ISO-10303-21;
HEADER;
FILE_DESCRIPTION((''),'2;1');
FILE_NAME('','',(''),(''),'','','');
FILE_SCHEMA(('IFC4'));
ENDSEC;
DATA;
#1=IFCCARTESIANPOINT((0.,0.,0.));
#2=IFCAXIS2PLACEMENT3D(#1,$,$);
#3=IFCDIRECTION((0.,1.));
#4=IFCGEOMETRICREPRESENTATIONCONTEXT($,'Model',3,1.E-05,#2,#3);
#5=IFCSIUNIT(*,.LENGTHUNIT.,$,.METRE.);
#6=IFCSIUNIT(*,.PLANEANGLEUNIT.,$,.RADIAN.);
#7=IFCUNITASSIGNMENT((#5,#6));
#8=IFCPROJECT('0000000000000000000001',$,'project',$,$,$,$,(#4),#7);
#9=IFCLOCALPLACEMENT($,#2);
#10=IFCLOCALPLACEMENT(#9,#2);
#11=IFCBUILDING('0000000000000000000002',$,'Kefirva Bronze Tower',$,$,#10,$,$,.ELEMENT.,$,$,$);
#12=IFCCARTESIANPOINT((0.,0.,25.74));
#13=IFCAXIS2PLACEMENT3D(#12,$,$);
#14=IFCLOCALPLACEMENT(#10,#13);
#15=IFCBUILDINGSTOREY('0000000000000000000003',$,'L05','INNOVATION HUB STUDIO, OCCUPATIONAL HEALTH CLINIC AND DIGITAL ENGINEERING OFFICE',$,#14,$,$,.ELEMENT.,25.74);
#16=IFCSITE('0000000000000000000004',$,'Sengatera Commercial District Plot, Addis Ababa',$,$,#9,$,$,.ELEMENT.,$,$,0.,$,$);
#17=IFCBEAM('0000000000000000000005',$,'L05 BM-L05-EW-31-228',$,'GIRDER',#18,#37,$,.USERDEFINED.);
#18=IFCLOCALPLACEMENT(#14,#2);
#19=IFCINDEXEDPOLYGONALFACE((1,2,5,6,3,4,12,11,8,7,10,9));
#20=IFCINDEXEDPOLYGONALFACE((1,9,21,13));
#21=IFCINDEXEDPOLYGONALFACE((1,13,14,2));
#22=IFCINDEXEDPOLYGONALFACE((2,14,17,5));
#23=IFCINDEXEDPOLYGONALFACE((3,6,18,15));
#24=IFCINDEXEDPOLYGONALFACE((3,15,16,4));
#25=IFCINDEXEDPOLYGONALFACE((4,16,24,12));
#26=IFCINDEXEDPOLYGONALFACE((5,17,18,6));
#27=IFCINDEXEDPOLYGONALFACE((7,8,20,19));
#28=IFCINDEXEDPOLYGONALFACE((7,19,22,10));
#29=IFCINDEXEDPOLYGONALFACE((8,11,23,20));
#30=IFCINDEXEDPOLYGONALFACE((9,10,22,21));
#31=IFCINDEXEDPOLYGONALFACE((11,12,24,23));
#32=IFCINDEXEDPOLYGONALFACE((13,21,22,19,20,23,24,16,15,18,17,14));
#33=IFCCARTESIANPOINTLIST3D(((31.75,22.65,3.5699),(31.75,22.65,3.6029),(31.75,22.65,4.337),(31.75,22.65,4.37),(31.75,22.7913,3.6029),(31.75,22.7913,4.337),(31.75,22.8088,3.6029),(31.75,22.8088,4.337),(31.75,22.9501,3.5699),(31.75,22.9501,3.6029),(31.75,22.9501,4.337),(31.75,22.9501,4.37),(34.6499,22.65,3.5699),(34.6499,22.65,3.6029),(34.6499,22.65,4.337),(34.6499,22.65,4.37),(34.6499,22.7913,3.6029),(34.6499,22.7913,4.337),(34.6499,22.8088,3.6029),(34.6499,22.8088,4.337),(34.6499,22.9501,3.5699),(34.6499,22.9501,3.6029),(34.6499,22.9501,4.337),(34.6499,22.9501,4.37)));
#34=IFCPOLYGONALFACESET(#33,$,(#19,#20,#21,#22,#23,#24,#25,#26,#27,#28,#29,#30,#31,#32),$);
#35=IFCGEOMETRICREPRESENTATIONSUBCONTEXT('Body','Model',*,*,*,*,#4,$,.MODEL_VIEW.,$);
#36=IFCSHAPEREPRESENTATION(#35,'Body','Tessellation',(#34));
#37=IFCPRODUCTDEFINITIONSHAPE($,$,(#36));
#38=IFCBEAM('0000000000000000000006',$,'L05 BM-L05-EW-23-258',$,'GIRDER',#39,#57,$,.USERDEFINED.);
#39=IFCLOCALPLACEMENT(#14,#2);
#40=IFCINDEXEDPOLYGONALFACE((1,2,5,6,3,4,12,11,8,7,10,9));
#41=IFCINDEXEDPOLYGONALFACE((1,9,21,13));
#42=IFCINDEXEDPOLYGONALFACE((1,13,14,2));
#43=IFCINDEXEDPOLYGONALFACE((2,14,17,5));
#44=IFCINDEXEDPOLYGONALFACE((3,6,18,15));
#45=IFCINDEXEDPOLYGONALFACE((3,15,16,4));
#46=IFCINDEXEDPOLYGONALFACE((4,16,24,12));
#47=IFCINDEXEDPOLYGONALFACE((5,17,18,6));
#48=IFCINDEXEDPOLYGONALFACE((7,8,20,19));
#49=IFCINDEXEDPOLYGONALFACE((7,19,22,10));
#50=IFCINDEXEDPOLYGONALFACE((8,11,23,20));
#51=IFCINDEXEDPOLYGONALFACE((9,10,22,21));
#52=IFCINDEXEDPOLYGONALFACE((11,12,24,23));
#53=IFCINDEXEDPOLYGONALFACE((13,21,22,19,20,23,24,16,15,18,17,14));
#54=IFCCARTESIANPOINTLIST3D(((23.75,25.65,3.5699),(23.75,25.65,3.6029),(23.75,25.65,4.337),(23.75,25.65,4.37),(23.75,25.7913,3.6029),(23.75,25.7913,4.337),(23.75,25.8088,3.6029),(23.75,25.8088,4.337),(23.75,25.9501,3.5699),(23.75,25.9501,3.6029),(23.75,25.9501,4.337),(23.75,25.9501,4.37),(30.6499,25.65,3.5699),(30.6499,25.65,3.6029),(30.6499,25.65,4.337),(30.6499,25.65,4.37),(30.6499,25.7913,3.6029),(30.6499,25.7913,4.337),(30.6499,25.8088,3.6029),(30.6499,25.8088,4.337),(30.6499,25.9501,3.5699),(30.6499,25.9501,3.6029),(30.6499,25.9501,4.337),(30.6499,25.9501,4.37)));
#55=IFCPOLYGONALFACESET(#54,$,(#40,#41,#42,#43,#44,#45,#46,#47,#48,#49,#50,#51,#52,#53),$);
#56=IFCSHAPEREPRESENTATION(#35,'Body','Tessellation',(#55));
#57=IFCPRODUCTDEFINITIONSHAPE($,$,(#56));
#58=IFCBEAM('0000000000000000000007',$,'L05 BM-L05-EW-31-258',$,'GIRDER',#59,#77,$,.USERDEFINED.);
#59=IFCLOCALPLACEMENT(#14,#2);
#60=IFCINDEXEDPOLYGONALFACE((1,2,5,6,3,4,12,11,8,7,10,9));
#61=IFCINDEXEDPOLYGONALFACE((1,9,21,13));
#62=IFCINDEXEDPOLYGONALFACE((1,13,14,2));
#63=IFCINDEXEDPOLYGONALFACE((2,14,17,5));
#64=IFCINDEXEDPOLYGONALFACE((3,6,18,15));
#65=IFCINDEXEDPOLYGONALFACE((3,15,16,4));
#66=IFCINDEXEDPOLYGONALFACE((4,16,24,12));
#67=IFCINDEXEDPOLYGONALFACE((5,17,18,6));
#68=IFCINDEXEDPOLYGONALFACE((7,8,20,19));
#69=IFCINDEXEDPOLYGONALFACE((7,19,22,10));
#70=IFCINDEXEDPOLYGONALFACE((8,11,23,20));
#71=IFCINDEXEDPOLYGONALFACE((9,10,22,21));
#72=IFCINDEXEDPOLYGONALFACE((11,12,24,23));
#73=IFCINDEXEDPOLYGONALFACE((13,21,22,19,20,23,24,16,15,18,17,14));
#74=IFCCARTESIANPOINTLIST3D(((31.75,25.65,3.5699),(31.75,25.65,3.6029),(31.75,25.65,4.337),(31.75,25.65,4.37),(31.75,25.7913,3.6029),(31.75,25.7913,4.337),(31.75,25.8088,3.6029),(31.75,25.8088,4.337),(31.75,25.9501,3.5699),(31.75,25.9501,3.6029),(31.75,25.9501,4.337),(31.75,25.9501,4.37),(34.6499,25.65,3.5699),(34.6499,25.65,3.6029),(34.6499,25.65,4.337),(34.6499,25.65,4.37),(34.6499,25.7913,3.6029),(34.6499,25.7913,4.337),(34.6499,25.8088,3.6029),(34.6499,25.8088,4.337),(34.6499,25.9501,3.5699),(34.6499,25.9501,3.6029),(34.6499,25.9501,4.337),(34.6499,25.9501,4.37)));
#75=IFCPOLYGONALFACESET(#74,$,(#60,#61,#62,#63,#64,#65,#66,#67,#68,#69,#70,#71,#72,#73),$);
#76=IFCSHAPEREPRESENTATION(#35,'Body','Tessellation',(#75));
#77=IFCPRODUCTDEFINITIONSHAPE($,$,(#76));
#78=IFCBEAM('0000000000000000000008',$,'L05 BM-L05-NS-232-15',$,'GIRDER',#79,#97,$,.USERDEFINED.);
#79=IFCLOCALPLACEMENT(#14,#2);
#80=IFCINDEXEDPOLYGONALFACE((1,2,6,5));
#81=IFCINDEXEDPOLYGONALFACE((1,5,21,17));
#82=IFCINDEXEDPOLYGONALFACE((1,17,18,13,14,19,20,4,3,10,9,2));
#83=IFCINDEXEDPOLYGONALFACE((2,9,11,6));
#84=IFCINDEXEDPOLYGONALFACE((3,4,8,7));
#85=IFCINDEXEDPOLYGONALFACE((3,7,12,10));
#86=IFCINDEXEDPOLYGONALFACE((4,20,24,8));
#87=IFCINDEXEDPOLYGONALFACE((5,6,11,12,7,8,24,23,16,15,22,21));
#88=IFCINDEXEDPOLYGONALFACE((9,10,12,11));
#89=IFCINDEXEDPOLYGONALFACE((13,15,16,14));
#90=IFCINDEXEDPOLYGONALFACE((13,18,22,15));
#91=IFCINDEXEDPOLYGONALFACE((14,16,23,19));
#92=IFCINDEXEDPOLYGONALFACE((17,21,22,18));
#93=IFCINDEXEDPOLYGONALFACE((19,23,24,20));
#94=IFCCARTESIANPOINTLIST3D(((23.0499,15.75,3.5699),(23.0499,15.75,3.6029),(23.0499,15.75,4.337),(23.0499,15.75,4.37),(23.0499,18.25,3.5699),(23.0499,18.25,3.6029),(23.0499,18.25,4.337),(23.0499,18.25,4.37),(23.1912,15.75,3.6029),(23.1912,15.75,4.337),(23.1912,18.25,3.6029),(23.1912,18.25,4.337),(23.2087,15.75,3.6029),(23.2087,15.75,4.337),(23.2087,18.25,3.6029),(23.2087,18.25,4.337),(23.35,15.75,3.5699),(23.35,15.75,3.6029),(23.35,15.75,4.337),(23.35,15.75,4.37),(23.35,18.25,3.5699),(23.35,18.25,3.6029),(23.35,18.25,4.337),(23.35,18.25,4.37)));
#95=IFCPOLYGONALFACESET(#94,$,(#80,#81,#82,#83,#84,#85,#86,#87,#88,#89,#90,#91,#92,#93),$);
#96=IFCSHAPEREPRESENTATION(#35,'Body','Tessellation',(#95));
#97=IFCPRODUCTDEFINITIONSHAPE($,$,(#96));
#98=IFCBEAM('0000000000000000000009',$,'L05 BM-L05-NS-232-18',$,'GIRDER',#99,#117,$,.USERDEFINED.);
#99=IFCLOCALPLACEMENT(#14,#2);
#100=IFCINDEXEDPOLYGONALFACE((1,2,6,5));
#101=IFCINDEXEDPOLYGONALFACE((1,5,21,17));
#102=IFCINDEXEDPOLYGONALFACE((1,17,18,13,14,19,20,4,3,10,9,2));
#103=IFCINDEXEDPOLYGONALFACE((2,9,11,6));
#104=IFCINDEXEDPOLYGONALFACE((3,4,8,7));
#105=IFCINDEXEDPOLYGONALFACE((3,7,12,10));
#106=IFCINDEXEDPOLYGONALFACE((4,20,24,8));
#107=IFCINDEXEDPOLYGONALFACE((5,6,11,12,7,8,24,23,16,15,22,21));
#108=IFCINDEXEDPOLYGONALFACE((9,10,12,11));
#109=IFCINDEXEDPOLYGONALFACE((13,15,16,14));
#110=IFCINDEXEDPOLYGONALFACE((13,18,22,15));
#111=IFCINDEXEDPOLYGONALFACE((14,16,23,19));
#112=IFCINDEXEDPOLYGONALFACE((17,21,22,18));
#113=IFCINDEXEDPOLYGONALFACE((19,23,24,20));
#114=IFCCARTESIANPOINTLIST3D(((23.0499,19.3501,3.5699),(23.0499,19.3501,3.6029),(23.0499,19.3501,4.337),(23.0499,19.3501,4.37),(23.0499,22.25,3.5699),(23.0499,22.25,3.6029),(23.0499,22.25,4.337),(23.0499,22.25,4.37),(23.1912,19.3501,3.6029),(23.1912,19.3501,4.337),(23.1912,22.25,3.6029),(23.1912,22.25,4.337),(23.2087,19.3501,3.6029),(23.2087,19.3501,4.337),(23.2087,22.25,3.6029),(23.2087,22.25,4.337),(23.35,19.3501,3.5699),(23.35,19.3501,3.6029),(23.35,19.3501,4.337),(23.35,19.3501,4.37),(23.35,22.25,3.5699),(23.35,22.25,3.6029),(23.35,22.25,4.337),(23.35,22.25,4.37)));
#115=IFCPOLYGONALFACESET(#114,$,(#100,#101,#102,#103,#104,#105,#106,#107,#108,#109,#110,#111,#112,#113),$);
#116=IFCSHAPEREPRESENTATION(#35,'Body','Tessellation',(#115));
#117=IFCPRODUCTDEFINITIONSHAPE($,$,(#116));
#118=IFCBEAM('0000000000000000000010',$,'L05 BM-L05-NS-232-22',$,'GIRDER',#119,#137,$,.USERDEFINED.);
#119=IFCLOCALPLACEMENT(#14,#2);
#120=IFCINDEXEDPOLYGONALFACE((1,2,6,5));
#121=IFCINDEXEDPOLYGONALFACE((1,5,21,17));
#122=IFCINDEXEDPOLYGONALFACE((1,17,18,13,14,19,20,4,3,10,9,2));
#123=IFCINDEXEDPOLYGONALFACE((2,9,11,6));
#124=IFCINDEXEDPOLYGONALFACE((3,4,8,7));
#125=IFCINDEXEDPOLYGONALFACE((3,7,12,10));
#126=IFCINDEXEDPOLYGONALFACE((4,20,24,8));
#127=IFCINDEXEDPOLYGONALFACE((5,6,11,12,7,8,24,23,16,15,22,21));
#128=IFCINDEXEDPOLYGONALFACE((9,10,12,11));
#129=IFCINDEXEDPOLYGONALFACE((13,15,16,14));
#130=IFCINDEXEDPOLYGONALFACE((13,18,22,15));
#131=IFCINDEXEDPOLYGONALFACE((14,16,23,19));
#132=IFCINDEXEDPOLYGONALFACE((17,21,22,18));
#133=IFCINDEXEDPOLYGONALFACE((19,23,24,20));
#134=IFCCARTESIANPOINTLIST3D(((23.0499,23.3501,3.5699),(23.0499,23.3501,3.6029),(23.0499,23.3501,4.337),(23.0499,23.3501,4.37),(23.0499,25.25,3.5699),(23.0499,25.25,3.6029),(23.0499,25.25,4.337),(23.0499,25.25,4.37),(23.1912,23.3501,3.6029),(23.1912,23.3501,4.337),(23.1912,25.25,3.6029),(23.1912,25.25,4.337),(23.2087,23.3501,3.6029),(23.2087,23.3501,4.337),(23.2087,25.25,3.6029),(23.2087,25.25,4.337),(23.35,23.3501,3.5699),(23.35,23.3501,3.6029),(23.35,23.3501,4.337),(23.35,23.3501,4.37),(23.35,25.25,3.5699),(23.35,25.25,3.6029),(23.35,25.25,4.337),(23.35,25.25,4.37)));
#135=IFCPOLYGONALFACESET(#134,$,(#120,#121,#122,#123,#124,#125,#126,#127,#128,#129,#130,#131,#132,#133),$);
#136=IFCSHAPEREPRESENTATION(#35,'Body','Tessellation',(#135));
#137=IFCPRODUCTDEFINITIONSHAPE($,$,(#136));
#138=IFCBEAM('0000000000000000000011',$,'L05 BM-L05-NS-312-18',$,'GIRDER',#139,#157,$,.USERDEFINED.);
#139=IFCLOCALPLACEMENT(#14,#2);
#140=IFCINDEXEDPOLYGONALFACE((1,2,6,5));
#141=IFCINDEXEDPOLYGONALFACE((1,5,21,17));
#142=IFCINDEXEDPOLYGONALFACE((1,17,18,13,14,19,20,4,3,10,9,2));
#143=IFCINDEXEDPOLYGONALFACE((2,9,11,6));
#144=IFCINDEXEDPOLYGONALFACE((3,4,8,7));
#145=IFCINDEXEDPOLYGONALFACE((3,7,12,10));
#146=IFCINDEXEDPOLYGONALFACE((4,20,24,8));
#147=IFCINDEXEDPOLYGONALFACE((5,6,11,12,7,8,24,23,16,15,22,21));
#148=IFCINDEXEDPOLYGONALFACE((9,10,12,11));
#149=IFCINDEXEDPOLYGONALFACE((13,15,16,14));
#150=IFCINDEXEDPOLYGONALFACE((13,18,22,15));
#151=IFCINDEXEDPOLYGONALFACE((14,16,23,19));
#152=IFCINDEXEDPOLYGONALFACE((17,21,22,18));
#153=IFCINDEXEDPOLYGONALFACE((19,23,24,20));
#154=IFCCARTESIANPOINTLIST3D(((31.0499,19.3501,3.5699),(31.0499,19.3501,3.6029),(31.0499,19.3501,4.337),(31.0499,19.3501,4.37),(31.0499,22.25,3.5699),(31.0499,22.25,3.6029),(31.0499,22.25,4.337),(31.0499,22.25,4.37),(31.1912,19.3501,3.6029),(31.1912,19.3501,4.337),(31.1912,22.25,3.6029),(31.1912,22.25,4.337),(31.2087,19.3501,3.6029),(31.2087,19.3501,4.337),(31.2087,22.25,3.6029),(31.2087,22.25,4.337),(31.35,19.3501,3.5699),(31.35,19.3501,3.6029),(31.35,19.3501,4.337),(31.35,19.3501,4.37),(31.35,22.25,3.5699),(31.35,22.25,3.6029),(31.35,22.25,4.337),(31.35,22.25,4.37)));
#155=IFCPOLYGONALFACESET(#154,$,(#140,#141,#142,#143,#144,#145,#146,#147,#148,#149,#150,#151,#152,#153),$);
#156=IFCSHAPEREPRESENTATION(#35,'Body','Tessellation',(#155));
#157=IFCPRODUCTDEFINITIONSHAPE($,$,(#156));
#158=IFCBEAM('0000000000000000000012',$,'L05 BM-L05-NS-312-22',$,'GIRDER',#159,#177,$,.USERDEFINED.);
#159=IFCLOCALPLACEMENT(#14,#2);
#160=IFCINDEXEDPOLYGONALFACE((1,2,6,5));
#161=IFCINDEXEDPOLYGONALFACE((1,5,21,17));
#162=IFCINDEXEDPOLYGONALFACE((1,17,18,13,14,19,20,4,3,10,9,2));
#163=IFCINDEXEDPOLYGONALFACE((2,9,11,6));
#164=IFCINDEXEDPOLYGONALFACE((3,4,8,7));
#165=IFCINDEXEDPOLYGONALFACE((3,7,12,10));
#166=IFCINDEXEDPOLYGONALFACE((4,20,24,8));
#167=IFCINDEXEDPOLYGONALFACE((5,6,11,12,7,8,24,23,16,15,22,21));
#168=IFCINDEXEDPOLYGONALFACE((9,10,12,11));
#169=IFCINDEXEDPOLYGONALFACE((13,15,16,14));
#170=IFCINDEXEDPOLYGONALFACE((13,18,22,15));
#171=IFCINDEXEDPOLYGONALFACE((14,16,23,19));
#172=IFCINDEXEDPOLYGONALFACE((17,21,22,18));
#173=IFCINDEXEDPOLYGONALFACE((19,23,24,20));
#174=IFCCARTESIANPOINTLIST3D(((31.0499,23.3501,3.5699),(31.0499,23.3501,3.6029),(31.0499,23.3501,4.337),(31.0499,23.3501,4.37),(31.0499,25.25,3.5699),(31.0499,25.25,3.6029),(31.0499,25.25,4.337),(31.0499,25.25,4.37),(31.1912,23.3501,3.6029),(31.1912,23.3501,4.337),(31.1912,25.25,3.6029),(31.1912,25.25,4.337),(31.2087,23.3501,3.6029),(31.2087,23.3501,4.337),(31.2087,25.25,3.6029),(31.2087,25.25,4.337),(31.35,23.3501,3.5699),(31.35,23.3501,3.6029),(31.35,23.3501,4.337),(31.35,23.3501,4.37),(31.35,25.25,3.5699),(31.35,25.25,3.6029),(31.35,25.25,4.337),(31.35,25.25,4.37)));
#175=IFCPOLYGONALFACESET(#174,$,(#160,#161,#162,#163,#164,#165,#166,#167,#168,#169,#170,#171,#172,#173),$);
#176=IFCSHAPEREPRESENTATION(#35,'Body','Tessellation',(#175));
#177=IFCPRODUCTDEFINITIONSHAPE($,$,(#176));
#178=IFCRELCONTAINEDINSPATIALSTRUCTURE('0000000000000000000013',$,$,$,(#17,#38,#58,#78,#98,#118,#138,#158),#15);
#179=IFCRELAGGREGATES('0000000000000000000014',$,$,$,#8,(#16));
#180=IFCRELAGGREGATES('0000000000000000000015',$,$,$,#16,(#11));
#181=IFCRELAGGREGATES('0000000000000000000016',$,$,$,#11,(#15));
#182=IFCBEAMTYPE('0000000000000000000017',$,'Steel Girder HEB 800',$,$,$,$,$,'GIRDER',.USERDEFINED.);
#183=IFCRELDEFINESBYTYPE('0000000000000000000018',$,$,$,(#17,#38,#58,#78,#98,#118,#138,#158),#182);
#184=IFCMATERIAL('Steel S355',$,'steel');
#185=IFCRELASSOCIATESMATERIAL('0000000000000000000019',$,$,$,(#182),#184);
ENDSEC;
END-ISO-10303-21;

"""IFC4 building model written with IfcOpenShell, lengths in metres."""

from ifc_helpers import new_model, si_unit, direction, frame, origin, origin_2d, place, context, subcontext, project, spatial, i_section, extrude, material, material_profile, profile_set, type_object, element, save


model = new_model("IFC4")

# Units and contexts
model_context = context("Model", 3, precision=1e-05, world=origin(), true_north=direction((0.0, 1.0)))
body_context = subcontext(model_context, "Body", "Model", "MODEL_VIEW")
ifc_project = project(units=[si_unit("LENGTHUNIT", "METRE"), si_unit("PLANEANGLEUNIT", "RADIAN")], contexts=[model_context])

# Site, building, storey
site_placement = place(None, origin())
site = spatial("IfcSite", under=ifc_project, at=site_placement, Name="Sengatera Commercial District Plot, Addis Ababa", CompositionType="ELEMENT", RefElevation=0.0)
building_placement = place(site_placement, origin())
building = spatial("IfcBuilding", under=site, at=building_placement, Name="Kefirva Bronze Tower", CompositionType="ELEMENT")
storey_placement = place(building_placement, frame((0.0, 0.0, 25.74)))
storey = spatial("IfcBuildingStorey", under=building, at=storey_placement, Name="L05", Description="INNOVATION HUB STUDIO, OCCUPATIONAL HEALTH CLINIC AND DIGITAL ENGINEERING OFFICE", CompositionType="ELEMENT", Elevation=25.74)

# Beams
ifc_material_1 = material(Name="Steel S355", Category="steel")
ifc_material_profile_1 = material_profile(ifc_material_1, i_section(OverallWidth=0.3, OverallDepth=0.8, WebThickness=0.0176, FlangeThickness=0.033, at=origin_2d()), Name="HEB 800")
ifc_profile_set_1 = profile_set([ifc_material_profile_1], Name="Steel S355")
beam_type_1 = type_object("IfcBeamType", Name="Steel Girder HEB 800", ElementType="GIRDER", PredefinedType="USERDEFINED", material=ifc_profile_set_1)
beam_1_placement = place(storey_placement, frame((31.75, 22.8, 3.97), z_axis=(1.0, 0.0, 0.0), x_axis=(0.0, 1.0, 0.0)))
element("IfcBeam", 1, at=beam_1_placement, inside=storey, type_object=beam_type_1, Name="L05 BM-L05-EW-31-228", ObjectType="GIRDER", PredefinedType="USERDEFINED", context=body_context, shape_type="SweptSolid", body=[
    extrude(i_section(OverallWidth=0.3, OverallDepth=0.8, WebThickness=0.0176, FlangeThickness=0.033, at=origin_2d()), origin(), (0.0, 0.0, 1.0), 2.8999),
])
beam_2_placement = place(storey_placement, frame((23.75, 25.8, 3.97), z_axis=(1.0, 0.0, 0.0), x_axis=(0.0, 1.0, 0.0)))
element("IfcBeam", 2, at=beam_2_placement, inside=storey, type_object=beam_type_1, Name="L05 BM-L05-EW-23-258", ObjectType="GIRDER", PredefinedType="USERDEFINED", context=body_context, shape_type="SweptSolid", body=[
    extrude(i_section(OverallWidth=0.3, OverallDepth=0.8, WebThickness=0.0176, FlangeThickness=0.033, at=origin_2d()), origin(), (0.0, 0.0, 1.0), 6.8999),
])
beam_3_placement = place(storey_placement, frame((31.75, 25.8, 3.97), z_axis=(1.0, 0.0, 0.0), x_axis=(0.0, 1.0, 0.0)))
element("IfcBeam", 3, at=beam_3_placement, inside=storey, type_object=beam_type_1, Name="L05 BM-L05-EW-31-258", ObjectType="GIRDER", PredefinedType="USERDEFINED", context=body_context, shape_type="SweptSolid", body=[
    extrude(i_section(OverallWidth=0.3, OverallDepth=0.8, WebThickness=0.0176, FlangeThickness=0.033, at=origin_2d()), origin(), (0.0, 0.0, 1.0), 2.8999),
])
beam_4_placement = place(storey_placement, frame((23.2, 15.75, 3.97), z_axis=(0.0, 1.0, 0.0), x_axis=(-1.0, 0.0, 0.0)))
element("IfcBeam", 4, at=beam_4_placement, inside=storey, type_object=beam_type_1, Name="L05 BM-L05-NS-232-15", ObjectType="GIRDER", PredefinedType="USERDEFINED", context=body_context, shape_type="SweptSolid", body=[
    extrude(i_section(OverallWidth=0.3, OverallDepth=0.8, WebThickness=0.0176, FlangeThickness=0.033, at=origin_2d()), origin(), (0.0, 0.0, 1.0), 2.5),
])
beam_5_placement = place(storey_placement, frame((23.2, 19.3501, 3.97), z_axis=(0.0, 1.0, 0.0), x_axis=(-1.0, 0.0, 0.0)))
element("IfcBeam", 5, at=beam_5_placement, inside=storey, type_object=beam_type_1, Name="L05 BM-L05-NS-232-18", ObjectType="GIRDER", PredefinedType="USERDEFINED", context=body_context, shape_type="SweptSolid", body=[
    extrude(i_section(OverallWidth=0.3, OverallDepth=0.8, WebThickness=0.0176, FlangeThickness=0.033, at=origin_2d()), origin(), (0.0, 0.0, 1.0), 2.8999),
])
beam_6_placement = place(storey_placement, frame((23.2, 23.3501, 3.97), z_axis=(0.0, 1.0, 0.0), x_axis=(-1.0, 0.0, 0.0)))
element("IfcBeam", 6, at=beam_6_placement, inside=storey, type_object=beam_type_1, Name="L05 BM-L05-NS-232-22", ObjectType="GIRDER", PredefinedType="USERDEFINED", context=body_context, shape_type="SweptSolid", body=[
    extrude(i_section(OverallWidth=0.3, OverallDepth=0.8, WebThickness=0.0176, FlangeThickness=0.033, at=origin_2d()), origin(), (0.0, 0.0, 1.0), 1.8999),
])
beam_7_placement = place(storey_placement, frame((31.2, 19.3501, 3.97), z_axis=(0.0, 1.0, 0.0), x_axis=(-1.0, 0.0, 0.0)))
element("IfcBeam", 7, at=beam_7_placement, inside=storey, type_object=beam_type_1, Name="L05 BM-L05-NS-312-18", ObjectType="GIRDER", PredefinedType="USERDEFINED", context=body_context, shape_type="SweptSolid", body=[
    extrude(i_section(OverallWidth=0.3, OverallDepth=0.8, WebThickness=0.0176, FlangeThickness=0.033, at=origin_2d()), origin(), (0.0, 0.0, 1.0), 2.8999),
])
beam_8_placement = place(storey_placement, frame((31.2, 23.3501, 3.97), z_axis=(0.0, 1.0, 0.0), x_axis=(-1.0, 0.0, 0.0)))
element("IfcBeam", 8, at=beam_8_placement, inside=storey, type_object=beam_type_1, Name="L05 BM-L05-NS-312-22", ObjectType="GIRDER", PredefinedType="USERDEFINED", context=body_context, shape_type="SweptSolid", body=[
    extrude(i_section(OverallWidth=0.3, OverallDepth=0.8, WebThickness=0.0176, FlangeThickness=0.033, at=origin_2d()), origin(), (0.0, 0.0, 1.0), 1.8999),
])

save(model, "model.ifc")
